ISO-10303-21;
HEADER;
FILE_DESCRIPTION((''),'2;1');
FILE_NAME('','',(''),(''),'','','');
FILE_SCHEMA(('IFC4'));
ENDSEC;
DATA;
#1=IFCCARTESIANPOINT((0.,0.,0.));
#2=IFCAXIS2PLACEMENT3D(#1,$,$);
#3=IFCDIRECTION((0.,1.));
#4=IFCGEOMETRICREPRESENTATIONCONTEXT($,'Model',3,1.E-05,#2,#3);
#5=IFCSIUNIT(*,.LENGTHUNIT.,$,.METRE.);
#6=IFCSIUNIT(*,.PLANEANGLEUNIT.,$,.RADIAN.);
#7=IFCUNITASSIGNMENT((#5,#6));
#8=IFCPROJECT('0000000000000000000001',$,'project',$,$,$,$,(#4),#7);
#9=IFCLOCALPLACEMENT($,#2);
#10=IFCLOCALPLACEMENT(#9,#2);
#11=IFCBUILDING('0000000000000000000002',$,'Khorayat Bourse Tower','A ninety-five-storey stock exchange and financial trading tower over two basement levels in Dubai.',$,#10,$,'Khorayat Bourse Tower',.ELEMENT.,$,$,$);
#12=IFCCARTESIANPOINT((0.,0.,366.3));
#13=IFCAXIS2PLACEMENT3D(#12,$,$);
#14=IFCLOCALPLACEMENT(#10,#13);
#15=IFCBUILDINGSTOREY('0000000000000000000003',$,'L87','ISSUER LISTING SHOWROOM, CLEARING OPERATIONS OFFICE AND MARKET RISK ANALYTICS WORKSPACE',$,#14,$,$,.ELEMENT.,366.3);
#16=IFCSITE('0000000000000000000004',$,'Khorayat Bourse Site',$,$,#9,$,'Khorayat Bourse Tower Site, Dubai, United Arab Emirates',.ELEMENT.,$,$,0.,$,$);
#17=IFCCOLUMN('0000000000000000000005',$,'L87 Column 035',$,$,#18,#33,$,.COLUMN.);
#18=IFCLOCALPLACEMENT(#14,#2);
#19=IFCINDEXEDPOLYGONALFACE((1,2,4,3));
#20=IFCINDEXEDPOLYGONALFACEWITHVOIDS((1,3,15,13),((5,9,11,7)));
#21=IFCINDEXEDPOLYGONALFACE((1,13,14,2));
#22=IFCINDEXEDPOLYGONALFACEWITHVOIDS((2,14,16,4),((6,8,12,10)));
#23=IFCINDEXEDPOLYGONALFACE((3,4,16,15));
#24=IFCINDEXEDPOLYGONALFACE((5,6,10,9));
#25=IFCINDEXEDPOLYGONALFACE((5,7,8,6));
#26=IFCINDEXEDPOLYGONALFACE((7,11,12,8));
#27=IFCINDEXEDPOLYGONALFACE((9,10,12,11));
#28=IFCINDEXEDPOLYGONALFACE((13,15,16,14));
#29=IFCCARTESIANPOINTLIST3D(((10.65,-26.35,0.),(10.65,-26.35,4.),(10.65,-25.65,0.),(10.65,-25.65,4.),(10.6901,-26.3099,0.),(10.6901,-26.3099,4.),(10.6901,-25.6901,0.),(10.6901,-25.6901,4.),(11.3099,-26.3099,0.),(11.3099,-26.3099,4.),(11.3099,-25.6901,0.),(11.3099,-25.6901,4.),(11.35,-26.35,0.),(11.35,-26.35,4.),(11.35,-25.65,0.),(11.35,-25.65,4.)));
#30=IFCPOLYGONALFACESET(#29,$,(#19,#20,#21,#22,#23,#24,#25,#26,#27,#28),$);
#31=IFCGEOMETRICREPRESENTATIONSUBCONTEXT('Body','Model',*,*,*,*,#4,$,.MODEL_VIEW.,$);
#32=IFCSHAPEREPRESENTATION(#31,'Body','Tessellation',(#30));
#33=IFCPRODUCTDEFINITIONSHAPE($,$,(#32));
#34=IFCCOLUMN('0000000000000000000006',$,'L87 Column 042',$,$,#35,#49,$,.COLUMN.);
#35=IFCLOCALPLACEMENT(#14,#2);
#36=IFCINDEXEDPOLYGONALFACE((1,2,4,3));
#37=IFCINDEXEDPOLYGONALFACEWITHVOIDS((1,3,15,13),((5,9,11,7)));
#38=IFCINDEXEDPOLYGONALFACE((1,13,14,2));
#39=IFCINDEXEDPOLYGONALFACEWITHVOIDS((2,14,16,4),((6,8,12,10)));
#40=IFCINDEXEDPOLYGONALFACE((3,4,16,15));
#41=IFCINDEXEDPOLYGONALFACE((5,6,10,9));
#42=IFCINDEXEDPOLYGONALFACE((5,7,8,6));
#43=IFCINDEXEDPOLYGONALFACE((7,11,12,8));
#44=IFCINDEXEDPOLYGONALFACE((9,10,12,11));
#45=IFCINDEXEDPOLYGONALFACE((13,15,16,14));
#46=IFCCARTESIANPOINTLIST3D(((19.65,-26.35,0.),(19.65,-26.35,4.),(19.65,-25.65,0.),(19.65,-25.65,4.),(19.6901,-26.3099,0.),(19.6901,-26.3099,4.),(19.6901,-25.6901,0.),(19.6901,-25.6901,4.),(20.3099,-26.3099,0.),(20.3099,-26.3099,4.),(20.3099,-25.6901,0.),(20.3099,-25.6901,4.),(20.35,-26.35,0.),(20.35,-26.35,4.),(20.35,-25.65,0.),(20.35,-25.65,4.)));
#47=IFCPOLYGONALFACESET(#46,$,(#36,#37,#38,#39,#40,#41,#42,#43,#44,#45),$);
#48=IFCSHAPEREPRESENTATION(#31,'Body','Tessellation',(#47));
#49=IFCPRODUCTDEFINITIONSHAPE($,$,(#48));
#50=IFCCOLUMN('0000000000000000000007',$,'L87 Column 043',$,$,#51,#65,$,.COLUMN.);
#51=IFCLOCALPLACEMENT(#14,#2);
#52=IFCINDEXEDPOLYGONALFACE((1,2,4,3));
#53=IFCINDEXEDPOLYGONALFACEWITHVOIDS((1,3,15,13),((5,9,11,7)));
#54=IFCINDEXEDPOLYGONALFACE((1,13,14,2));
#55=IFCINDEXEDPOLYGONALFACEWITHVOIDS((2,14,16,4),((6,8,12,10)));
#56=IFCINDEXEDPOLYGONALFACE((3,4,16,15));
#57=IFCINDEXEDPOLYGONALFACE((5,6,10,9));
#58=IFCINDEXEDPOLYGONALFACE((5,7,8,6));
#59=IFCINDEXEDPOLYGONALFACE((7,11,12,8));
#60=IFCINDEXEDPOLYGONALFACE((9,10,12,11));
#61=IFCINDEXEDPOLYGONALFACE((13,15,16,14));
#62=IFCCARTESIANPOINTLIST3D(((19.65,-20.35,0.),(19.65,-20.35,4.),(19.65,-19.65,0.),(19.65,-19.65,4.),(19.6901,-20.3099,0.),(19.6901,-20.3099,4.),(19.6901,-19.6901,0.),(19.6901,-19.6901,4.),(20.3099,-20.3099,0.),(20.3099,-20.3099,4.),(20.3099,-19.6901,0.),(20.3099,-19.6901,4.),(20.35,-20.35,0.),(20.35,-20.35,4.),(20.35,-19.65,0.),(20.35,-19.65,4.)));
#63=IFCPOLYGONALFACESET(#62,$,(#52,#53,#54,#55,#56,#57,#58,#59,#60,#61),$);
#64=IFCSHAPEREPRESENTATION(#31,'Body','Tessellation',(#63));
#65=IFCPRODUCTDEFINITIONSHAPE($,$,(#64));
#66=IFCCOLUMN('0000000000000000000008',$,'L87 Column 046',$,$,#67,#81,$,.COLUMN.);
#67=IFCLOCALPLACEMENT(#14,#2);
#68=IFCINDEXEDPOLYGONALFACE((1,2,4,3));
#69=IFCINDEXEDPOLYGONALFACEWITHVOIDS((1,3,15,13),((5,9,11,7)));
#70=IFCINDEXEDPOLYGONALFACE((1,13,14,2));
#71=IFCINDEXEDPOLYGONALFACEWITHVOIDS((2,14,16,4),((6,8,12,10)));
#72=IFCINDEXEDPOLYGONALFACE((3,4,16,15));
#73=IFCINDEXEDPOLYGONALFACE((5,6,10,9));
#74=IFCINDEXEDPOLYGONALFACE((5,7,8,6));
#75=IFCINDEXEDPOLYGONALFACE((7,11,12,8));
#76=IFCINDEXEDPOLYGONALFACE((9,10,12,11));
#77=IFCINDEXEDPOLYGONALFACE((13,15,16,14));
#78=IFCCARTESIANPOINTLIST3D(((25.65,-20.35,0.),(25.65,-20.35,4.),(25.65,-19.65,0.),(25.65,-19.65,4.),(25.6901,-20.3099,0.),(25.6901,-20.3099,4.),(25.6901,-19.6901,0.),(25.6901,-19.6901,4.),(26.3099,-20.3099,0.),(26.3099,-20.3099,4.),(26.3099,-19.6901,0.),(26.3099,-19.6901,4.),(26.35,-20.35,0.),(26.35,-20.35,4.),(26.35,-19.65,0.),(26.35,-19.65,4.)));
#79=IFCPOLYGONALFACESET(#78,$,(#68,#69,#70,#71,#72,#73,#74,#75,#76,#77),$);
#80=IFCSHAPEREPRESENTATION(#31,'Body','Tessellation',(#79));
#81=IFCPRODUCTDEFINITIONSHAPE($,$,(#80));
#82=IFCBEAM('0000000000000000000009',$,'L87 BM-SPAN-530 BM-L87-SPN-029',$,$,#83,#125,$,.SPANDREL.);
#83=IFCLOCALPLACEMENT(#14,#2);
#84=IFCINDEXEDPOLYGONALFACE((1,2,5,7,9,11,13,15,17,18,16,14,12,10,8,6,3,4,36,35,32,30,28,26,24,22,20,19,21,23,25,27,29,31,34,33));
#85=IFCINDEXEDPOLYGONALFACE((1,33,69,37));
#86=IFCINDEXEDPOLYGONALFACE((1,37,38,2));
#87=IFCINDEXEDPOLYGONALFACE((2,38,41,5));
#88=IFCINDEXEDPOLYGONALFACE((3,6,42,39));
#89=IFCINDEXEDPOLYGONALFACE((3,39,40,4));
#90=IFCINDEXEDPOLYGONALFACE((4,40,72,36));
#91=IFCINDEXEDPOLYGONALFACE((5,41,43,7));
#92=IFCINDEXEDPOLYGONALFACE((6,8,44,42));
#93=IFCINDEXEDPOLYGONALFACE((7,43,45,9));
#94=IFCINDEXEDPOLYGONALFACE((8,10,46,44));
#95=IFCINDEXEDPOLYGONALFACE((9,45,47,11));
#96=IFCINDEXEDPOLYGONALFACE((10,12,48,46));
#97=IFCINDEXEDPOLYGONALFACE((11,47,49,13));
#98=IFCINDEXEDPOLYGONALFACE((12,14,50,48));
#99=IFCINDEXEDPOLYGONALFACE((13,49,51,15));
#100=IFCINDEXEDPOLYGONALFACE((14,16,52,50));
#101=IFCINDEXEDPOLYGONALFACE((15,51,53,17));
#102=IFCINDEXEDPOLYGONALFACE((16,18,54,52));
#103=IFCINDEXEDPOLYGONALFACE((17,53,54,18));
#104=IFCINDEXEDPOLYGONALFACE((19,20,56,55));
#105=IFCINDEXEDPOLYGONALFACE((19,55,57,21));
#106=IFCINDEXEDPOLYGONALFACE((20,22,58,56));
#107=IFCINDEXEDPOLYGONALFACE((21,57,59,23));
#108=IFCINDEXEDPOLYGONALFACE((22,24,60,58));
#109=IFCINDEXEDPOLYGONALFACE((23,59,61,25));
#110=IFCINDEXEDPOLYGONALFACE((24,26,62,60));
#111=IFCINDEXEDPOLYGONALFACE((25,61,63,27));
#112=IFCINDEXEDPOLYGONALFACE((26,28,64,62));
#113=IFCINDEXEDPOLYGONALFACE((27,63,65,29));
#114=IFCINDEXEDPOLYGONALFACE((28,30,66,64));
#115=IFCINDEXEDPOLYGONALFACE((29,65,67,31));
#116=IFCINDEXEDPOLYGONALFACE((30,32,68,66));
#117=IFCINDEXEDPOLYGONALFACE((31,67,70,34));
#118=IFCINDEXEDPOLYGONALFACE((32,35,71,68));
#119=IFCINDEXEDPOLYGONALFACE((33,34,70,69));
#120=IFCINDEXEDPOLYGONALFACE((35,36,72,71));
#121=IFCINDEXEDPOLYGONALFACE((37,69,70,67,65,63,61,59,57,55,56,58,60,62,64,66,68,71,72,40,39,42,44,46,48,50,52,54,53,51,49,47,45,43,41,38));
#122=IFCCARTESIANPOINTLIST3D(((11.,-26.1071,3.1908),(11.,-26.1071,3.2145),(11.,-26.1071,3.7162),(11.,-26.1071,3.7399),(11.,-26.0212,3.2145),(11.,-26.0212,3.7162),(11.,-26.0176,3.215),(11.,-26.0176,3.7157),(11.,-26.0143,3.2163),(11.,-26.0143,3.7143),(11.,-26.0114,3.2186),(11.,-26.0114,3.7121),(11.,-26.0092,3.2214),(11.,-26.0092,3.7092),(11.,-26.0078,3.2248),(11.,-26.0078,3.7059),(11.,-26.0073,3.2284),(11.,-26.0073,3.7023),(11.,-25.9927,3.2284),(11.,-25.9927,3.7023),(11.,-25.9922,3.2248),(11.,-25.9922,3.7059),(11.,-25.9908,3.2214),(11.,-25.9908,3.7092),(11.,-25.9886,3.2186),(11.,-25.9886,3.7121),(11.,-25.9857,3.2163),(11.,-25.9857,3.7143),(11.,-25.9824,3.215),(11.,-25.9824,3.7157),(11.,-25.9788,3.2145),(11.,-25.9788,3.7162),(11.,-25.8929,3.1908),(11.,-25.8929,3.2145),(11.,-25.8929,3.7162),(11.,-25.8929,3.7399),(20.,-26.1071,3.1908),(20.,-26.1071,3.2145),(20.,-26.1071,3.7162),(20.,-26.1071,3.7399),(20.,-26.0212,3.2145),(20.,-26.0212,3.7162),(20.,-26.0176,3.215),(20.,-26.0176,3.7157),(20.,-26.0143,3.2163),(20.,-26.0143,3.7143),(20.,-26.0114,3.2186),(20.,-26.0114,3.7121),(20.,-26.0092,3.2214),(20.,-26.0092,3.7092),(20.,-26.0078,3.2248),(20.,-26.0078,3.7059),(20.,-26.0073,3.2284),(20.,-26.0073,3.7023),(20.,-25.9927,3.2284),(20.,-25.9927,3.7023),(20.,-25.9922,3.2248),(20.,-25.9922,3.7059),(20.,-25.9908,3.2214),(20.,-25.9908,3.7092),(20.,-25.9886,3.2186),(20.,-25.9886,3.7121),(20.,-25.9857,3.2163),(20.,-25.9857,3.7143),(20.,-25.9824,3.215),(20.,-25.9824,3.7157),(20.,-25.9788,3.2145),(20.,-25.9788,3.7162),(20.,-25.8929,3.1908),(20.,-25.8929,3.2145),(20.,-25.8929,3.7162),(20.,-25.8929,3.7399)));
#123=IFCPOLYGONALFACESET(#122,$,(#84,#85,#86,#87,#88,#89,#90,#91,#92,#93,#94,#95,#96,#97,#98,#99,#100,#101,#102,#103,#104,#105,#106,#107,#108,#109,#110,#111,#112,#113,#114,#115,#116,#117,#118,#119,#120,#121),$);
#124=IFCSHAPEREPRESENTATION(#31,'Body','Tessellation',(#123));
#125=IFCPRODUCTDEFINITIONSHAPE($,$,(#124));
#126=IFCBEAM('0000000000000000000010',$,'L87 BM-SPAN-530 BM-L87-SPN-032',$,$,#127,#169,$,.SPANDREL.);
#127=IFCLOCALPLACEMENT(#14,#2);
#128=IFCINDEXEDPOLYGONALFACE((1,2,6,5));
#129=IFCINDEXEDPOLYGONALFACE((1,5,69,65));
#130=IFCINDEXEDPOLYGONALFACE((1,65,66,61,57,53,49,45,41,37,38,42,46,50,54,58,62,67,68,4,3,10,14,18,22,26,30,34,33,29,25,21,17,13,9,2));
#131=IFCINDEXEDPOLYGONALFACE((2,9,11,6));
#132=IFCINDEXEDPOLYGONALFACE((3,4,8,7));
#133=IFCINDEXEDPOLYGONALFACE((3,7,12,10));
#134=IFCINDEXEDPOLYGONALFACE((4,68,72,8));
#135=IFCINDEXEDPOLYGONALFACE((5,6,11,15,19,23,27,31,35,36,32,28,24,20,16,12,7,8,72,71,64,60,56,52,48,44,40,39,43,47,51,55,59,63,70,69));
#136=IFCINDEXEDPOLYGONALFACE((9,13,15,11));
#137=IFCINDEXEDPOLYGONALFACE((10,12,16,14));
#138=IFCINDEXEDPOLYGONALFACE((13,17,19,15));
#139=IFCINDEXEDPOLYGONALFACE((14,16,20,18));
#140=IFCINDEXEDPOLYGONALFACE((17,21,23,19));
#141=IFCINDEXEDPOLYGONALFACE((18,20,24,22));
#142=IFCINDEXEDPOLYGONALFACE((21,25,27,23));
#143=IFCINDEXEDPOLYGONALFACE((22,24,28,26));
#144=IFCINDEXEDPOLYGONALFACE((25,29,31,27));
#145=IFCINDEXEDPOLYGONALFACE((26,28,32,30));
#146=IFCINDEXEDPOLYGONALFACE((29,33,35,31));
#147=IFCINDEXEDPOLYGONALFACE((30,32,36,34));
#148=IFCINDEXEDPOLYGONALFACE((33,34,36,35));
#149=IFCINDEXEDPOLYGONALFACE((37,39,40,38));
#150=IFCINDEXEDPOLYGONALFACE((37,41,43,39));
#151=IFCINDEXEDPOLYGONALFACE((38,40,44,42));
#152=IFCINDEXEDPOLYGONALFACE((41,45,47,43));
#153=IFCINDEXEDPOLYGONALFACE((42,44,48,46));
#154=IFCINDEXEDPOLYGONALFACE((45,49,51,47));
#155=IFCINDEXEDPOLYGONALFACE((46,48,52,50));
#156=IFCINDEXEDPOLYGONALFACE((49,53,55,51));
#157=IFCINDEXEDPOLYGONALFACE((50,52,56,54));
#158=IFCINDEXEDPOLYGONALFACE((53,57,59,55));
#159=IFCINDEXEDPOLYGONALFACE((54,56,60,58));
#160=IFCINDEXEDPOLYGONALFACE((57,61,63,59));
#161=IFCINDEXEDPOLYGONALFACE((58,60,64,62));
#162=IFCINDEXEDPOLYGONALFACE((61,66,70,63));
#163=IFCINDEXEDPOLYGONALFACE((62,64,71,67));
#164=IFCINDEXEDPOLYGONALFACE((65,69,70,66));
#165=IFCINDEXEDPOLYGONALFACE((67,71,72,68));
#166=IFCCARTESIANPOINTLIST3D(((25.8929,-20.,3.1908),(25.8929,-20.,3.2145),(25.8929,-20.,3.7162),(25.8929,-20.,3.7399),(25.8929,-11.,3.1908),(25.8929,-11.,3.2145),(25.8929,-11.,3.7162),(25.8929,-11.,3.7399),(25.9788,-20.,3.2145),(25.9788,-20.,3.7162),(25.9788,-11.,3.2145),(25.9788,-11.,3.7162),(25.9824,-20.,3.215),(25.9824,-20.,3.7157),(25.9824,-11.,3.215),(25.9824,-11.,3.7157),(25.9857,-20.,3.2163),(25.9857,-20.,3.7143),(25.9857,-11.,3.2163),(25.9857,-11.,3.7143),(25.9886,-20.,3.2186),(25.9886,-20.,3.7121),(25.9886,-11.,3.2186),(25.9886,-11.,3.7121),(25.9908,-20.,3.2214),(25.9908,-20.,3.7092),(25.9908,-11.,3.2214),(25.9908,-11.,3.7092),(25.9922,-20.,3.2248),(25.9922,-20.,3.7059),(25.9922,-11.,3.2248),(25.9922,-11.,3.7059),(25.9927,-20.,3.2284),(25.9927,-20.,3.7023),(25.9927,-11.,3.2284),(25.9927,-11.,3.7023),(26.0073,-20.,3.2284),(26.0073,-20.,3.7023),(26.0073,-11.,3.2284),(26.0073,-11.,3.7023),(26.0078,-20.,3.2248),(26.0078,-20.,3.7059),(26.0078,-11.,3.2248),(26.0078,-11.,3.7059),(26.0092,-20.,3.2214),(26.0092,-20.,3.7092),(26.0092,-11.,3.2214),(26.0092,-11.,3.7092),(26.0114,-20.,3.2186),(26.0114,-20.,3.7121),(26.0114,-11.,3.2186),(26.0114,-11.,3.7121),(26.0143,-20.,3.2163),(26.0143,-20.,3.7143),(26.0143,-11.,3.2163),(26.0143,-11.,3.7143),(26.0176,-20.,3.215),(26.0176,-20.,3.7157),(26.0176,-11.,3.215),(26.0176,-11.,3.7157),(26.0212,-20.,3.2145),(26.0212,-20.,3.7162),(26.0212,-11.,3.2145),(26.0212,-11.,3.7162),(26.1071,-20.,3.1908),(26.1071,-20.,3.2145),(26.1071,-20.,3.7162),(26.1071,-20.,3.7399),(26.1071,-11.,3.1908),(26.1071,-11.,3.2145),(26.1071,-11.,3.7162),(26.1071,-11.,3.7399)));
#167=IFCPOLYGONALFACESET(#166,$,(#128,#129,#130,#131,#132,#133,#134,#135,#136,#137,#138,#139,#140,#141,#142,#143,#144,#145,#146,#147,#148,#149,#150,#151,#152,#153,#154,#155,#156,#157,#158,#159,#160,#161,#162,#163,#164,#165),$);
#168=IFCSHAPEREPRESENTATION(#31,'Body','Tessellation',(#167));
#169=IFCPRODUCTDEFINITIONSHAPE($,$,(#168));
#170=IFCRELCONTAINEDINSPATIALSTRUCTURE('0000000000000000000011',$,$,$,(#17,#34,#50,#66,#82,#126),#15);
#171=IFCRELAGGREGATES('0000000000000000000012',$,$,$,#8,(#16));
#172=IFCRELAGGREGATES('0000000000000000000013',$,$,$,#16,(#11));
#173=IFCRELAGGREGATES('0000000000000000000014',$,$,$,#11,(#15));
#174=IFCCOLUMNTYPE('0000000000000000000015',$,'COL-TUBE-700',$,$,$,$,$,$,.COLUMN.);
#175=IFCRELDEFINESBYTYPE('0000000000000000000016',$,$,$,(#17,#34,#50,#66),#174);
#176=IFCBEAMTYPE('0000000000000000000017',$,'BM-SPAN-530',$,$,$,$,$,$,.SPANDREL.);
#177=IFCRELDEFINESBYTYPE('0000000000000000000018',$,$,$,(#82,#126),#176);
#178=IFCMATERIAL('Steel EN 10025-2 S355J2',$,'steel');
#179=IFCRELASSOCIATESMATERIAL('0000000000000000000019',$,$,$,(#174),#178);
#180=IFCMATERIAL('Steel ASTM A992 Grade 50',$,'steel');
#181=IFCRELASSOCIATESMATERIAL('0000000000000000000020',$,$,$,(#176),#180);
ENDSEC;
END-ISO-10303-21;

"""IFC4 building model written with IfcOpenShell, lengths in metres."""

from ifc_helpers import new_model, si_unit, direction, frame, origin, origin_2d, place, context, subcontext, project, spatial, hollow_rectangle, i_section, extrude, source, transform, mapped, material, material_profile, profile_set, type_object, element, save


model = new_model("IFC4")

# Units and contexts
model_context = context("Model", 3, precision=1e-05, world=origin(), true_north=direction((0.0, 1.0)))
body_context = subcontext(model_context, "Body", "Model", "MODEL_VIEW")
ifc_project = project(units=[si_unit("LENGTHUNIT", "METRE"), si_unit("PLANEANGLEUNIT", "RADIAN")], contexts=[model_context])

# Site, building, storey
site_placement = place(None, origin())
site = spatial("IfcSite", under=ifc_project, at=site_placement, Name="Khorayat Bourse Site", LongName="Khorayat Bourse Tower Site, Dubai, United Arab Emirates", CompositionType="ELEMENT", RefElevation=0.0)
building_placement = place(site_placement, origin())
building = spatial("IfcBuilding", under=site, at=building_placement, Name="Khorayat Bourse Tower", Description="A ninety-five-storey stock exchange and financial trading tower over two basement levels in Dubai.", LongName="Khorayat Bourse Tower", CompositionType="ELEMENT")
storey_placement = place(building_placement, frame((0.0, 0.0, 366.3)))
storey = spatial("IfcBuildingStorey", under=building, at=storey_placement, Name="L87", Description="ISSUER LISTING SHOWROOM, CLEARING OPERATIONS OFFICE AND MARKET RISK ANALYTICS WORKSPACE", CompositionType="ELEMENT", Elevation=366.3)

# Columns
ifc_material_1 = material(Name="Steel EN 10025-2 S355J2", Category="steel")
ifc_material_profile_1 = material_profile(ifc_material_1, hollow_rectangle(XDim=0.7, YDim=0.7, WallThickness=0.04, at=origin_2d()), Name="BOX 700x700x40")
ifc_profile_set_1 = profile_set([ifc_material_profile_1], Name="Steel EN 10025-2 S355J2")
column_type = type_object("IfcColumnType", Name="COL-TUBE-700", PredefinedType="COLUMN", material=ifc_profile_set_1)
shared_shape_1 = source(origin(), body_context, "Body", "SweptSolid", [
    extrude(hollow_rectangle(XDim=0.7, YDim=0.7, WallThickness=0.04, at=origin_2d()), origin(), (0.0, 0.0, 1.0), 4.0),
])
for number, where, z_axis, x_axis, name in (
    (1, (11.0, -26.0, 0.0), (0.0, 0.0, 1.0), (1.0, 0.0, 0.0), "L87 Column 035"),
    (2, (20.0, -26.0, 0.0), (0.0, 0.0, 1.0), (1.0, 0.0, 0.0), "L87 Column 042"),
    (3, (20.0, -20.0, 0.0), (0.0, 0.0, 1.0), (1.0, 0.0, 0.0), "L87 Column 043"),
    (4, (26.0, -20.0, 0.0), (0.0, 0.0, 1.0), (1.0, 0.0, 0.0), "L87 Column 046"),
):
    element("IfcColumn", number, at=place(storey_placement, frame(where, z_axis=z_axis, x_axis=x_axis)), inside=storey, type_object=column_type, Name=name, PredefinedType="COLUMN", context=body_context, shape_type="MappedRepresentation", body=[
        mapped(shared_shape_1, transform((0.0, 0.0, 0.0), scale=1.0)),
    ])

# Beams
ifc_material_2 = material(Name="Steel ASTM A992 Grade 50", Category="steel")
ifc_material_profile_2 = material_profile(ifc_material_2, i_section(OverallWidth=0.2141, OverallDepth=0.5491, WebThickness=0.0146, FlangeThickness=0.0237, FilletRadius=0.0139, at=origin_2d()), Name="W530X138")
ifc_profile_set_2 = profile_set([ifc_material_profile_2], Name="Steel ASTM A992 Grade 50")
beam_type_1 = type_object("IfcBeamType", Name="BM-SPAN-530", PredefinedType="SPANDREL", material=ifc_profile_set_2)
shared_shape_2 = source(origin(), body_context, "Body", "SweptSolid", [
    extrude(i_section(OverallWidth=0.2141, OverallDepth=0.5491, WebThickness=0.0146, FlangeThickness=0.0237, FilletRadius=0.0139, at=origin_2d()), origin(), (0.0, 0.0, 1.0), 9.0),
])
for number, where, z_axis, x_axis, name in (
    (5, (11.0, -26.0, 3.4653), (1.0, 0.0, 0.0), (0.0, 1.0, 0.0), "L87 BM-SPAN-530 BM-L87-SPN-029"),
    (6, (26.0, -20.0, 3.4653), (0.0, 1.0, 0.0), (-1.0, 0.0, 0.0), "L87 BM-SPAN-530 BM-L87-SPN-032"),
):
    element("IfcBeam", number, at=place(storey_placement, frame(where, z_axis=z_axis, x_axis=x_axis)), inside=storey, type_object=beam_type_1, Name=name, PredefinedType="SPANDREL", context=body_context, shape_type="MappedRepresentation", body=[
        mapped(shared_shape_2, transform((0.0, 0.0, 0.0), scale=1.0)),
    ])

save(model, "model.ifc")
